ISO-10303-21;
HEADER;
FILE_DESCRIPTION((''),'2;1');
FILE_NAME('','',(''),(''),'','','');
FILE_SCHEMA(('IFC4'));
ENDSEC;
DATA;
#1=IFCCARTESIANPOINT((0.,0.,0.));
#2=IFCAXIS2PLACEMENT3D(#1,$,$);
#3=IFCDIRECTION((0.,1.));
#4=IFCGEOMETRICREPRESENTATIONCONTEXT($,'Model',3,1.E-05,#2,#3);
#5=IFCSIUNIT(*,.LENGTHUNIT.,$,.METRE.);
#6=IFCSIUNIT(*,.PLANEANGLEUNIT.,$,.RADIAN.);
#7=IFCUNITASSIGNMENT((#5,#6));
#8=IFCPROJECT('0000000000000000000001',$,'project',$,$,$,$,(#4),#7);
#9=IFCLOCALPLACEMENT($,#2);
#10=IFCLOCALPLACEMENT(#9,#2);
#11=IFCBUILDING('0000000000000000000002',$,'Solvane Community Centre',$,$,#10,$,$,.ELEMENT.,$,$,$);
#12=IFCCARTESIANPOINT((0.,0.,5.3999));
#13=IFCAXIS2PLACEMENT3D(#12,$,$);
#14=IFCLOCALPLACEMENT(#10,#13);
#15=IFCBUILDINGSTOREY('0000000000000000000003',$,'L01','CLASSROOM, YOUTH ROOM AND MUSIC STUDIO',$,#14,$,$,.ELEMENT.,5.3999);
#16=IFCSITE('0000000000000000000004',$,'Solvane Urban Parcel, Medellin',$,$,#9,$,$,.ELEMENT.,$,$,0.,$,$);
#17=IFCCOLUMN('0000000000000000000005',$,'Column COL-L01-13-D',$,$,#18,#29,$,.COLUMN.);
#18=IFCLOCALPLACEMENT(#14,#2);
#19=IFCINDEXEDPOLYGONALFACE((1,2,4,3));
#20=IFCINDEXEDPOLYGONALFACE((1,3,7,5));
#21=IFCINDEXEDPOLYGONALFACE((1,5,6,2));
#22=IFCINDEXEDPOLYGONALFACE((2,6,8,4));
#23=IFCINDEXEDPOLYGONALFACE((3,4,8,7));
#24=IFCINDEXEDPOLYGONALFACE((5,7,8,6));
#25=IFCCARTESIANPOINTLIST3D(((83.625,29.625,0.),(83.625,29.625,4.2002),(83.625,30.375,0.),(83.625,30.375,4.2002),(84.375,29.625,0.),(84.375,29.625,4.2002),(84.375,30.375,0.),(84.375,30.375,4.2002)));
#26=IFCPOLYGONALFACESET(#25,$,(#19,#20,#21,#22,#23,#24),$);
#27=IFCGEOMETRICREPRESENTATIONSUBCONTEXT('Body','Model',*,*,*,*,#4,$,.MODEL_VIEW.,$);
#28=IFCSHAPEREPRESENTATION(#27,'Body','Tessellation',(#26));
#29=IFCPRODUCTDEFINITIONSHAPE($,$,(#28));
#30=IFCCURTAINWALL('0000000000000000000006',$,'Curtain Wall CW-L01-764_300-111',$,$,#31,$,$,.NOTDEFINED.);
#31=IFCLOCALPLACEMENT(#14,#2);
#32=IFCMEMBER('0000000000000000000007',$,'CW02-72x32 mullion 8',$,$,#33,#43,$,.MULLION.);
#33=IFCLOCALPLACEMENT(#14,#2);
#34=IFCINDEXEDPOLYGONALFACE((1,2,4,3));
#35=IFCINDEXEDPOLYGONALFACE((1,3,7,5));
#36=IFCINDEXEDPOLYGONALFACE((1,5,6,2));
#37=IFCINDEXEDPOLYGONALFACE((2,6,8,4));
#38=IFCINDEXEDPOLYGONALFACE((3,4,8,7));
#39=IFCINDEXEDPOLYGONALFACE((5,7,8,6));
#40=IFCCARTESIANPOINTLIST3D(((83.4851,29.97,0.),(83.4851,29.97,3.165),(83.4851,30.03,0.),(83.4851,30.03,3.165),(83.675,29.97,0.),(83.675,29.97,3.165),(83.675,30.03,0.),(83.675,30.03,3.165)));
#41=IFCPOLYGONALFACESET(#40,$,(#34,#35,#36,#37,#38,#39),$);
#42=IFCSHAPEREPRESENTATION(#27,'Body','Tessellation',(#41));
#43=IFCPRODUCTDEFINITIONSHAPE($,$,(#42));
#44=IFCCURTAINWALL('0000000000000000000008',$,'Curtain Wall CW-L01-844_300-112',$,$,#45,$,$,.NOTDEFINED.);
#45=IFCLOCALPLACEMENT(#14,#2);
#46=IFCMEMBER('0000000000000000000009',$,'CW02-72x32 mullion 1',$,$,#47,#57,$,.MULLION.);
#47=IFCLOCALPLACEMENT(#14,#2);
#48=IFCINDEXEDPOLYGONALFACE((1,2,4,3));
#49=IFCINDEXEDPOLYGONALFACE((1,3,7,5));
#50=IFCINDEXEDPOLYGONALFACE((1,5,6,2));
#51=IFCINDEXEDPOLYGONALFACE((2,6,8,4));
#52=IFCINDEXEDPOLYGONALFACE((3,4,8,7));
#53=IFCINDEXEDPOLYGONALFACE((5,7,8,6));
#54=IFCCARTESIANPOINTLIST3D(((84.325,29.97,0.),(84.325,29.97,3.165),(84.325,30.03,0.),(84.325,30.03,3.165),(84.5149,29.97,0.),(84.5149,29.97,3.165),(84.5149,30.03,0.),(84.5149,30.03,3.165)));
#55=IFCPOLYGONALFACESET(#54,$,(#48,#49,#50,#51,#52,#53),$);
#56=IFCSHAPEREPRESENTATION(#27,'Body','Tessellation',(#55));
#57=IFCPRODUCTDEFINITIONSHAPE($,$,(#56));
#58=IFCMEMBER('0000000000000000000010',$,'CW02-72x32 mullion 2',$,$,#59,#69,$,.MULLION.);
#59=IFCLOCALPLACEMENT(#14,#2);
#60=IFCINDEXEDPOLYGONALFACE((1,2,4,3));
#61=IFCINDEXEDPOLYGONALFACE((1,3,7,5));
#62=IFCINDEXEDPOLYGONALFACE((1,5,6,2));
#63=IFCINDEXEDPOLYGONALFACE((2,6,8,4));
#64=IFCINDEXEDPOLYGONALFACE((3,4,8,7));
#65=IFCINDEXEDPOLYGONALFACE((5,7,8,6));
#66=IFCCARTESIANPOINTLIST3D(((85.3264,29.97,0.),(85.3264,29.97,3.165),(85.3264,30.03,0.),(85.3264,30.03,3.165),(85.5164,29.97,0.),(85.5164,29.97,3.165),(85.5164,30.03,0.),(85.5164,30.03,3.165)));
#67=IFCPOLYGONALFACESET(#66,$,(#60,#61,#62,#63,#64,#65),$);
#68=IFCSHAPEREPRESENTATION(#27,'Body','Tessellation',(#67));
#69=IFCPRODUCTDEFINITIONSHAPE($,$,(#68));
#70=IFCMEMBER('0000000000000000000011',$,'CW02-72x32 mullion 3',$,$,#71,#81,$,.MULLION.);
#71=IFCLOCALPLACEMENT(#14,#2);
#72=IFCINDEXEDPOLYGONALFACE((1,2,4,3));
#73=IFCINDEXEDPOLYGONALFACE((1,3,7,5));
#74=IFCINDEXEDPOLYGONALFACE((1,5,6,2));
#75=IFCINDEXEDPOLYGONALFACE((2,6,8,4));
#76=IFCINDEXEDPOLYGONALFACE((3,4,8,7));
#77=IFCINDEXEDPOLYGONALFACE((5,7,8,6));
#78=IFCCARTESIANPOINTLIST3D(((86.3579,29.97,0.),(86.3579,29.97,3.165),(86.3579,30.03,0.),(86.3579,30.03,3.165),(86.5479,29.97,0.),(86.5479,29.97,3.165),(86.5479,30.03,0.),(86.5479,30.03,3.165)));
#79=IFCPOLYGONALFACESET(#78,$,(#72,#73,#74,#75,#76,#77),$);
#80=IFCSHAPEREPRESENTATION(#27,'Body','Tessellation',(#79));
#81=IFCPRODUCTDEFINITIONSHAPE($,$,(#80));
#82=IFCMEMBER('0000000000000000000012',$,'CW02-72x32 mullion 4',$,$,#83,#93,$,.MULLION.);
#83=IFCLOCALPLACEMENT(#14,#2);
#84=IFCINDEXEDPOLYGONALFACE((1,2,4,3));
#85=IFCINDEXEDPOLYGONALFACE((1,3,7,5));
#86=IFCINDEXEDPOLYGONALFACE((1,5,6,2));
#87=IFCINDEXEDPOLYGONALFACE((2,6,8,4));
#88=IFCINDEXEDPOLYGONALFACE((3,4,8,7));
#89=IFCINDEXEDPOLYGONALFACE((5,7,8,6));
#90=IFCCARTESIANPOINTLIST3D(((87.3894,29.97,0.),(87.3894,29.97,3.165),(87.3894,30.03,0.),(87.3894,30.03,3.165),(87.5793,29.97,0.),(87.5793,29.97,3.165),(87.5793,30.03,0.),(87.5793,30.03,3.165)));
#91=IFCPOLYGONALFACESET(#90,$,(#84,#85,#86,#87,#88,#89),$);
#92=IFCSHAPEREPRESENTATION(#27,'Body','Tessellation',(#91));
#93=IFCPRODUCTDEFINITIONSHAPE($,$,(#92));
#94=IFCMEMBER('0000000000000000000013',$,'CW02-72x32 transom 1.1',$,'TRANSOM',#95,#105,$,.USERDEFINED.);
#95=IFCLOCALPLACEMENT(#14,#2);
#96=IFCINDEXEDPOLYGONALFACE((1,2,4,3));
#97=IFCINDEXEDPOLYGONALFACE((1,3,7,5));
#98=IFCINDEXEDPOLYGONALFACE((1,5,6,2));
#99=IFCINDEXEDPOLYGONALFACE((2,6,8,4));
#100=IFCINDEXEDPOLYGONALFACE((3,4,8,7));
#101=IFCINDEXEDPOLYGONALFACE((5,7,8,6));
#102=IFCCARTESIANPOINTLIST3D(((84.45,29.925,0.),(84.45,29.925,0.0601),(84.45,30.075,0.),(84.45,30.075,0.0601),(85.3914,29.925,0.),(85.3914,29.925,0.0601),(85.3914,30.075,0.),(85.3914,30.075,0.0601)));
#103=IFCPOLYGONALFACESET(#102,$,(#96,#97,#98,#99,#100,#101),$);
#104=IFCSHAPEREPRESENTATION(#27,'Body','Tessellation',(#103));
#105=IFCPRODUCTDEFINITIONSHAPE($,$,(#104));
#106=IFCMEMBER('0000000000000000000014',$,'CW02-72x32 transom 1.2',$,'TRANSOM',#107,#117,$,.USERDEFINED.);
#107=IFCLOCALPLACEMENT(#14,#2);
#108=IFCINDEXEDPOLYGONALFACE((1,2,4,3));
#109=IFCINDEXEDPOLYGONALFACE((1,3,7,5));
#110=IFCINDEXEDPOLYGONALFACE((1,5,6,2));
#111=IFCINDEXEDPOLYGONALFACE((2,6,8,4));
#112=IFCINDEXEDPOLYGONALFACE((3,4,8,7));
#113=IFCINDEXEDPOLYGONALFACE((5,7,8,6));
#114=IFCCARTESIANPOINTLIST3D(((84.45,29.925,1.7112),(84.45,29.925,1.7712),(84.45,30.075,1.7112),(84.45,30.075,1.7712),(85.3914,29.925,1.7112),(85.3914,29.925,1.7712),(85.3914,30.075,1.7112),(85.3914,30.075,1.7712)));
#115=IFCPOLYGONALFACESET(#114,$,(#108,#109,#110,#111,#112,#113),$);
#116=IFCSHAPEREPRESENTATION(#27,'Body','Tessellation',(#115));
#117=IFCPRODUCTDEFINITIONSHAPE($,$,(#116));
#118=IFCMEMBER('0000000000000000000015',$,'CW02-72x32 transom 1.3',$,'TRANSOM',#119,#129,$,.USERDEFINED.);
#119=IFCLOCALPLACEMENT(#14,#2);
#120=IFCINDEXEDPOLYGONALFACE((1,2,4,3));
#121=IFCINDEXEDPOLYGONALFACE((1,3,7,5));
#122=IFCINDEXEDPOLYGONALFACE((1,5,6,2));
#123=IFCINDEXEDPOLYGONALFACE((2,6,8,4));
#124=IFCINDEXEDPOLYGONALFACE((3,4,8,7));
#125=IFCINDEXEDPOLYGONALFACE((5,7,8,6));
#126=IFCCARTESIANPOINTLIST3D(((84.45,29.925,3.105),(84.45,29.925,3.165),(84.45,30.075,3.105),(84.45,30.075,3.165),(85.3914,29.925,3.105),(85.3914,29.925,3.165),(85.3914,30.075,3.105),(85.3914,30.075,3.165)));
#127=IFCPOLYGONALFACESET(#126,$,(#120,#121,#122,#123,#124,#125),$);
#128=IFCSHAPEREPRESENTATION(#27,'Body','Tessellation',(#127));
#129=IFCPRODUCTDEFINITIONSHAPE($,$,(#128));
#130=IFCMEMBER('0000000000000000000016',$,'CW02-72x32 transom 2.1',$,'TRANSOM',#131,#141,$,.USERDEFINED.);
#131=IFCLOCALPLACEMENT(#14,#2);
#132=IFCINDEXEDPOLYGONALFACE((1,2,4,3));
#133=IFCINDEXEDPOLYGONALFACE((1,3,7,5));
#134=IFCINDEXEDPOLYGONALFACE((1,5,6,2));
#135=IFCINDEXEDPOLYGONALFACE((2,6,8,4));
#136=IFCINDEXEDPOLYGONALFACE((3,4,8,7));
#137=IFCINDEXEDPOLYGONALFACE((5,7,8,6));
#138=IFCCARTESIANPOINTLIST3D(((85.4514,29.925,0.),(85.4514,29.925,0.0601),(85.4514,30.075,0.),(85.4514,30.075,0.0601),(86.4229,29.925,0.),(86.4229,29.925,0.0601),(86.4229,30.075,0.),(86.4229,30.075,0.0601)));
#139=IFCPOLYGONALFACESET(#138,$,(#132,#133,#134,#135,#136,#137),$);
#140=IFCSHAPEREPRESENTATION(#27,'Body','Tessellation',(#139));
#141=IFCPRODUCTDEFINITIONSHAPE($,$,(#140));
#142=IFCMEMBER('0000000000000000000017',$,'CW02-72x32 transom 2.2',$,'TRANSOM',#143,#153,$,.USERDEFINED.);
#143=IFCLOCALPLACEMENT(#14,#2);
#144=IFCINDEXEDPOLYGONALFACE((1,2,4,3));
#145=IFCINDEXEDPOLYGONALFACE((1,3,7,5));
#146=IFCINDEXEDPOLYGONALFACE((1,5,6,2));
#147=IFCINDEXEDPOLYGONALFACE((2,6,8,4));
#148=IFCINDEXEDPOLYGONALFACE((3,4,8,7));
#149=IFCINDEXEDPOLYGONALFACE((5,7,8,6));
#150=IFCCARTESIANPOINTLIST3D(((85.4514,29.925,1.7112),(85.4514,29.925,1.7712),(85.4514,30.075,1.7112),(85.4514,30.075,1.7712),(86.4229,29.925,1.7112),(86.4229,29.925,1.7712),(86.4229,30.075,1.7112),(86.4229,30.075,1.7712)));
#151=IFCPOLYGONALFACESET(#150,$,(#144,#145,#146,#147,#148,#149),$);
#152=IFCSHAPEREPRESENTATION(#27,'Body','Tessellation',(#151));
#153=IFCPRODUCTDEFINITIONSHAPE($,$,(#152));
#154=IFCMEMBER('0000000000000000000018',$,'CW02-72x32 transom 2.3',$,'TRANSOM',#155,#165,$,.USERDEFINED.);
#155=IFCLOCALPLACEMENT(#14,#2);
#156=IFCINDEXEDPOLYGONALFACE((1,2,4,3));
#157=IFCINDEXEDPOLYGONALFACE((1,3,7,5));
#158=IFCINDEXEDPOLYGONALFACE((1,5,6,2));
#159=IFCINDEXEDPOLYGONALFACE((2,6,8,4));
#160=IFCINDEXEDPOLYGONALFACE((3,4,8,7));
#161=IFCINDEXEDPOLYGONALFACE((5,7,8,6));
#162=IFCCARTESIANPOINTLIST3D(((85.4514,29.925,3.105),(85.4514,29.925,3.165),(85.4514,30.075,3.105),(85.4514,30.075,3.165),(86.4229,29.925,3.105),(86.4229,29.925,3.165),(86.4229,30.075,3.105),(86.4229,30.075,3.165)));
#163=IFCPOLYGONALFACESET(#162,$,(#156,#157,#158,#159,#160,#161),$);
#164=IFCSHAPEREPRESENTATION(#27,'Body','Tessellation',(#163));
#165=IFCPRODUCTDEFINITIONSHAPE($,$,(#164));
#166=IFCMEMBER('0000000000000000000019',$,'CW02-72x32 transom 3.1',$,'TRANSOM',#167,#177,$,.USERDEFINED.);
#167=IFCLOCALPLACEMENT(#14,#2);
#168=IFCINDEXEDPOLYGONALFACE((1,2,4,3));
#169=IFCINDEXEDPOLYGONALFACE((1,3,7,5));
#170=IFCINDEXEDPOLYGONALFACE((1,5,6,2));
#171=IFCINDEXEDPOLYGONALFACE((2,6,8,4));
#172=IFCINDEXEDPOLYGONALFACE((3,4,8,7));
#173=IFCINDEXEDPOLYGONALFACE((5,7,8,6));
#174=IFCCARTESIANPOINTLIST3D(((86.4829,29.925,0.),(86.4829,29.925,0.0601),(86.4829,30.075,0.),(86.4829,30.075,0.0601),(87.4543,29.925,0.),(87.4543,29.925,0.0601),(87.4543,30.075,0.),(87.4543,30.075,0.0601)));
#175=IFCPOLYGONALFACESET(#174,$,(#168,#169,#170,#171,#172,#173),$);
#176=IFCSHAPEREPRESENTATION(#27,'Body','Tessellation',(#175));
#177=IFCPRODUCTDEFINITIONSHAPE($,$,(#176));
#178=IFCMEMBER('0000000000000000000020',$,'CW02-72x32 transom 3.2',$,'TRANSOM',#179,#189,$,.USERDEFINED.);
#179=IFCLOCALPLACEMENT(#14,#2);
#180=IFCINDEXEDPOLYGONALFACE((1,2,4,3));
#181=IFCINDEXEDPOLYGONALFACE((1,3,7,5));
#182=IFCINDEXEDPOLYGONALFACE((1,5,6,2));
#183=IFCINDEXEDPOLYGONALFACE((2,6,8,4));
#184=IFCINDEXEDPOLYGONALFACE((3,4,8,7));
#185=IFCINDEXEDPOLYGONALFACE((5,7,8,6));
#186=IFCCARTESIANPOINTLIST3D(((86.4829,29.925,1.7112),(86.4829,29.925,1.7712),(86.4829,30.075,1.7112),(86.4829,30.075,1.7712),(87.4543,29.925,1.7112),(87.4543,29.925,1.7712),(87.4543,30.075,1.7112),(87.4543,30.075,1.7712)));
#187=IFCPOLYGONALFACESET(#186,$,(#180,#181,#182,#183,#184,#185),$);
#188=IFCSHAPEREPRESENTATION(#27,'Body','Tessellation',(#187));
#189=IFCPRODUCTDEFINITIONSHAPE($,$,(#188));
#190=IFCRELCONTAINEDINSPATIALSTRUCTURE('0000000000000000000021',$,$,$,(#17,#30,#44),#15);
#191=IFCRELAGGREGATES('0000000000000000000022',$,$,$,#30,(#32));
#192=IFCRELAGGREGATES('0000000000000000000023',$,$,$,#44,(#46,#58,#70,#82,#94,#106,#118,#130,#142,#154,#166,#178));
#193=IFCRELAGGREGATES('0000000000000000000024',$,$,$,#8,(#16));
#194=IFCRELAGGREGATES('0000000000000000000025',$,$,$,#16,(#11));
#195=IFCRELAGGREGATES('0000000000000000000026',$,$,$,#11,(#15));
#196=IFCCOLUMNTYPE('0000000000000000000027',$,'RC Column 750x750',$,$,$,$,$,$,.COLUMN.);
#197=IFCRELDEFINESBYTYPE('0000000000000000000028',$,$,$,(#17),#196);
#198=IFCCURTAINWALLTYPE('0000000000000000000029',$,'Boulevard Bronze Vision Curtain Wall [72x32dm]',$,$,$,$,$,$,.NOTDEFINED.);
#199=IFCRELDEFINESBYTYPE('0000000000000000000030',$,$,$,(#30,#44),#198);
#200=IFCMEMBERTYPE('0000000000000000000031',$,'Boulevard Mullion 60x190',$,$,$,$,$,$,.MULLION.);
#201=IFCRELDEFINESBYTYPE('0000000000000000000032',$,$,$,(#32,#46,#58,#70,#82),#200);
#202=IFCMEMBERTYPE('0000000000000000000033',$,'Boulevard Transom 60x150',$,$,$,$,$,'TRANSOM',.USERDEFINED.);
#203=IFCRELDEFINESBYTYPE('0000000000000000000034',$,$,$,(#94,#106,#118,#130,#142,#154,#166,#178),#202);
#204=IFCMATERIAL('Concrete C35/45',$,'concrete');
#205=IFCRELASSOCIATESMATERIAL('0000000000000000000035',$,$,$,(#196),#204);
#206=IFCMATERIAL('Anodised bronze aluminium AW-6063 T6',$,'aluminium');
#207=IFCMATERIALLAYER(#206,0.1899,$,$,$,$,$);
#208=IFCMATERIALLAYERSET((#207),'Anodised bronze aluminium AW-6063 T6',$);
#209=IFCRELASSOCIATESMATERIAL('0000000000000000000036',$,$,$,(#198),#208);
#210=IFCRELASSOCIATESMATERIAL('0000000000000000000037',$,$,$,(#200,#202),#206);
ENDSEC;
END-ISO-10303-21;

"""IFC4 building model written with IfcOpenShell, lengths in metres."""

from ifc_helpers import new_model, si_unit, direction, frame, origin, origin_2d, place, context, subcontext, project, spatial, rectangle, extrude, material, layer, layer_set, material_profile, profile_set, type_object, element, aggregate, save


model = new_model("IFC4")

# Units and contexts
model_context = context("Model", 3, precision=1e-05, world=origin(), true_north=direction((0.0, 1.0)))
body_context = subcontext(model_context, "Body", "Model", "MODEL_VIEW")
ifc_project = project(units=[si_unit("LENGTHUNIT", "METRE"), si_unit("PLANEANGLEUNIT", "RADIAN")], contexts=[model_context])

# Site, building, storey
site_placement = place(None, origin())
site = spatial("IfcSite", under=ifc_project, at=site_placement, Name="Solvane Urban Parcel, Medellin", CompositionType="ELEMENT", RefElevation=0.0)
building_placement = place(site_placement, origin())
building = spatial("IfcBuilding", under=site, at=building_placement, Name="Solvane Community Centre", CompositionType="ELEMENT")
storey_placement = place(building_placement, frame((0.0, 0.0, 5.3999)))
storey = spatial("IfcBuildingStorey", under=building, at=storey_placement, Name="L01", Description="CLASSROOM, YOUTH ROOM AND MUSIC STUDIO", CompositionType="ELEMENT", Elevation=5.3999)

# Column
ifc_material_1 = material(Name="Concrete C35/45", Category="concrete")
ifc_material_profile_1 = material_profile(ifc_material_1, rectangle(XDim=0.75, YDim=0.75, at=origin_2d()), Name="RC 750x750")
ifc_profile_set_1 = profile_set([ifc_material_profile_1], Name="Concrete C35/45")
column_type = type_object("IfcColumnType", Name="RC Column 750x750", PredefinedType="COLUMN", material=ifc_profile_set_1)
column_placement = place(storey_placement, frame((84.0, 30.0, 0.0), z_axis=(0.0, 0.0, 1.0), x_axis=(1.0, 0.0, 0.0)))
element("IfcColumn", 1, at=column_placement, inside=storey, type_object=column_type, Name="Column COL-L01-13-D", PredefinedType="COLUMN", context=body_context, shape_type="SweptSolid", body=[
    extrude(rectangle(XDim=0.75, YDim=0.75, at=origin_2d()), origin(), (0.0, 0.0, 1.0), 4.2002),
])

# Curtain wall, member
ifc_material_2 = material(Name="Anodised bronze aluminium AW-6063 T6", Category="aluminium")
ifc_layer_1 = layer(ifc_material_2, 0.1899)
ifc_layer_set_1 = layer_set([ifc_layer_1], Name="Anodised bronze aluminium AW-6063 T6")
curtain_wall_type = type_object("IfcCurtainWallType", Name="Boulevard Bronze Vision Curtain Wall [72x32dm]", PredefinedType="NOTDEFINED", material=ifc_layer_set_1)
curtain_wall_1_placement = place(storey_placement, origin())
curtain_wall_1 = element("IfcCurtainWall", 2, at=curtain_wall_1_placement, inside=storey, type_object=curtain_wall_type, Name="Curtain Wall CW-L01-764_300-111", PredefinedType="NOTDEFINED")
ifc_material_profile_2 = material_profile(ifc_material_2, rectangle(XDim=0.0601, YDim=0.1899, at=origin_2d()), Name="CW-M 60x190")
ifc_profile_set_2 = profile_set([ifc_material_profile_2], Name="Anodised bronze aluminium AW-6063 T6")
member_type_1 = type_object("IfcMemberType", Name="Boulevard Mullion 60x190", PredefinedType="MULLION", material=ifc_profile_set_2)
member_1_placement = place(storey_placement, frame((83.5801, 30.0, 0.0), z_axis=(0.0, 0.0, 1.0), x_axis=(0.0, 1.0, 0.0)))
member_1 = element("IfcMember", 3, at=member_1_placement, type_object=member_type_1, Name="CW02-72x32 mullion 8", PredefinedType="MULLION", context=body_context, shape_type="SweptSolid", body=[
    extrude(rectangle(XDim=0.0601, YDim=0.1899, at=origin_2d()), origin(), (0.0, 0.0, 1.0), 3.165),
])

# Curtain wall, members
curtain_wall_2_placement = place(storey_placement, origin())
curtain_wall_2 = element("IfcCurtainWall", 4, at=curtain_wall_2_placement, inside=storey, type_object=curtain_wall_type, Name="Curtain Wall CW-L01-844_300-112", PredefinedType="NOTDEFINED")
member_2_placement = place(storey_placement, frame((84.4199, 30.0, 0.0), z_axis=(0.0, 0.0, 1.0), x_axis=(0.0, 1.0, 0.0)))
member_2 = element("IfcMember", 5, at=member_2_placement, type_object=member_type_1, Name="CW02-72x32 mullion 1", PredefinedType="MULLION", context=body_context, shape_type="SweptSolid", body=[
    extrude(rectangle(XDim=0.0601, YDim=0.1899, at=origin_2d()), origin(), (0.0, 0.0, 1.0), 3.165),
])
member_3_placement = place(storey_placement, frame((85.4214, 30.0, 0.0), z_axis=(0.0, 0.0, 1.0), x_axis=(0.0, 1.0, 0.0)))
member_3 = element("IfcMember", 6, at=member_3_placement, type_object=member_type_1, Name="CW02-72x32 mullion 2", PredefinedType="MULLION", context=body_context, shape_type="SweptSolid", body=[
    extrude(rectangle(XDim=0.0601, YDim=0.1899, at=origin_2d()), origin(), (0.0, 0.0, 1.0), 3.165),
])
member_4_placement = place(storey_placement, frame((86.4529, 30.0, 0.0), z_axis=(0.0, 0.0, 1.0), x_axis=(0.0, 1.0, 0.0)))
member_4 = element("IfcMember", 7, at=member_4_placement, type_object=member_type_1, Name="CW02-72x32 mullion 3", PredefinedType="MULLION", context=body_context, shape_type="SweptSolid", body=[
    extrude(rectangle(XDim=0.0601, YDim=0.1899, at=origin_2d()), origin(), (0.0, 0.0, 1.0), 3.165),
])
member_5_placement = place(storey_placement, frame((87.4844, 30.0, 0.0), z_axis=(0.0, 0.0, 1.0), x_axis=(0.0, 1.0, 0.0)))
member_5 = element("IfcMember", 8, at=member_5_placement, type_object=member_type_1, Name="CW02-72x32 mullion 4", PredefinedType="MULLION", context=body_context, shape_type="SweptSolid", body=[
    extrude(rectangle(XDim=0.0601, YDim=0.1899, at=origin_2d()), origin(), (0.0, 0.0, 1.0), 3.165),
])
ifc_material_profile_3 = material_profile(ifc_material_2, rectangle(XDim=0.1499, YDim=0.0601, at=origin_2d()), Name="CW-T 60x150")
ifc_profile_set_3 = profile_set([ifc_material_profile_3], Name="Anodised bronze aluminium AW-6063 T6")
member_type_2 = type_object("IfcMemberType", Name="Boulevard Transom 60x150", ElementType="TRANSOM", PredefinedType="USERDEFINED", material=ifc_profile_set_3)
member_6_placement = place(storey_placement, frame((84.45, 30.0, 0.03), z_axis=(1.0, 0.0, 0.0), x_axis=(0.0, 1.0, 0.0)))
member_6 = element("IfcMember", 9, at=member_6_placement, type_object=member_type_2, Name="CW02-72x32 transom 1.1", ObjectType="TRANSOM", PredefinedType="USERDEFINED", context=body_context, shape_type="SweptSolid", body=[
    extrude(rectangle(XDim=0.1499, YDim=0.0601, at=origin_2d()), origin(), (0.0, 0.0, 1.0), 0.9414),
])
member_7_placement = place(storey_placement, frame((84.45, 30.0, 1.7412), z_axis=(1.0, 0.0, 0.0), x_axis=(0.0, 1.0, 0.0)))
member_7 = element("IfcMember", 10, at=member_7_placement, type_object=member_type_2, Name="CW02-72x32 transom 1.2", ObjectType="TRANSOM", PredefinedType="USERDEFINED", context=body_context, shape_type="SweptSolid", body=[
    extrude(rectangle(XDim=0.1499, YDim=0.0601, at=origin_2d()), origin(), (0.0, 0.0, 1.0), 0.9414),
])
member_8_placement = place(storey_placement, frame((84.45, 30.0, 3.135), z_axis=(1.0, 0.0, 0.0), x_axis=(0.0, 1.0, 0.0)))
member_8 = element("IfcMember", 11, at=member_8_placement, type_object=member_type_2, Name="CW02-72x32 transom 1.3", ObjectType="TRANSOM", PredefinedType="USERDEFINED", context=body_context, shape_type="SweptSolid", body=[
    extrude(rectangle(XDim=0.1499, YDim=0.0601, at=origin_2d()), origin(), (0.0, 0.0, 1.0), 0.9414),
])
member_9_placement = place(storey_placement, frame((85.4514, 30.0, 0.03), z_axis=(1.0, 0.0, 0.0), x_axis=(0.0, 1.0, 0.0)))
member_9 = element("IfcMember", 12, at=member_9_placement, type_object=member_type_2, Name="CW02-72x32 transom 2.1", ObjectType="TRANSOM", PredefinedType="USERDEFINED", context=body_context, shape_type="SweptSolid", body=[
    extrude(rectangle(XDim=0.1499, YDim=0.0601, at=origin_2d()), origin(), (0.0, 0.0, 1.0), 0.9714),
])
member_10_placement = place(storey_placement, frame((85.4514, 30.0, 1.7412), z_axis=(1.0, 0.0, 0.0), x_axis=(0.0, 1.0, 0.0)))
member_10 = element("IfcMember", 13, at=member_10_placement, type_object=member_type_2, Name="CW02-72x32 transom 2.2", ObjectType="TRANSOM", PredefinedType="USERDEFINED", context=body_context, shape_type="SweptSolid", body=[
    extrude(rectangle(XDim=0.1499, YDim=0.0601, at=origin_2d()), origin(), (0.0, 0.0, 1.0), 0.9714),
])
member_11_placement = place(storey_placement, frame((85.4514, 30.0, 3.135), z_axis=(1.0, 0.0, 0.0), x_axis=(0.0, 1.0, 0.0)))
member_11 = element("IfcMember", 14, at=member_11_placement, type_object=member_type_2, Name="CW02-72x32 transom 2.3", ObjectType="TRANSOM", PredefinedType="USERDEFINED", context=body_context, shape_type="SweptSolid", body=[
    extrude(rectangle(XDim=0.1499, YDim=0.0601, at=origin_2d()), origin(), (0.0, 0.0, 1.0), 0.9714),
])
member_12_placement = place(storey_placement, frame((86.4829, 30.0, 0.03), z_axis=(1.0, 0.0, 0.0), x_axis=(0.0, 1.0, 0.0)))
member_12 = element("IfcMember", 15, at=member_12_placement, type_object=member_type_2, Name="CW02-72x32 transom 3.1", ObjectType="TRANSOM", PredefinedType="USERDEFINED", context=body_context, shape_type="SweptSolid", body=[
    extrude(rectangle(XDim=0.1499, YDim=0.0601, at=origin_2d()), origin(), (0.0, 0.0, 1.0), 0.9714),
])
member_13_placement = place(storey_placement, frame((86.4829, 30.0, 1.7412), z_axis=(1.0, 0.0, 0.0), x_axis=(0.0, 1.0, 0.0)))
member_13 = element("IfcMember", 16, at=member_13_placement, type_object=member_type_2, Name="CW02-72x32 transom 3.2", ObjectType="TRANSOM", PredefinedType="USERDEFINED", context=body_context, shape_type="SweptSolid", body=[
    extrude(rectangle(XDim=0.1499, YDim=0.0601, at=origin_2d()), origin(), (0.0, 0.0, 1.0), 0.9714),
])

aggregate(curtain_wall_1, [member_1])
aggregate(curtain_wall_2, [member_2, member_3, member_4, member_5, member_6, member_7, member_8, member_9, member_10, member_11, member_12, member_13])

save(model, "model.ifc")
